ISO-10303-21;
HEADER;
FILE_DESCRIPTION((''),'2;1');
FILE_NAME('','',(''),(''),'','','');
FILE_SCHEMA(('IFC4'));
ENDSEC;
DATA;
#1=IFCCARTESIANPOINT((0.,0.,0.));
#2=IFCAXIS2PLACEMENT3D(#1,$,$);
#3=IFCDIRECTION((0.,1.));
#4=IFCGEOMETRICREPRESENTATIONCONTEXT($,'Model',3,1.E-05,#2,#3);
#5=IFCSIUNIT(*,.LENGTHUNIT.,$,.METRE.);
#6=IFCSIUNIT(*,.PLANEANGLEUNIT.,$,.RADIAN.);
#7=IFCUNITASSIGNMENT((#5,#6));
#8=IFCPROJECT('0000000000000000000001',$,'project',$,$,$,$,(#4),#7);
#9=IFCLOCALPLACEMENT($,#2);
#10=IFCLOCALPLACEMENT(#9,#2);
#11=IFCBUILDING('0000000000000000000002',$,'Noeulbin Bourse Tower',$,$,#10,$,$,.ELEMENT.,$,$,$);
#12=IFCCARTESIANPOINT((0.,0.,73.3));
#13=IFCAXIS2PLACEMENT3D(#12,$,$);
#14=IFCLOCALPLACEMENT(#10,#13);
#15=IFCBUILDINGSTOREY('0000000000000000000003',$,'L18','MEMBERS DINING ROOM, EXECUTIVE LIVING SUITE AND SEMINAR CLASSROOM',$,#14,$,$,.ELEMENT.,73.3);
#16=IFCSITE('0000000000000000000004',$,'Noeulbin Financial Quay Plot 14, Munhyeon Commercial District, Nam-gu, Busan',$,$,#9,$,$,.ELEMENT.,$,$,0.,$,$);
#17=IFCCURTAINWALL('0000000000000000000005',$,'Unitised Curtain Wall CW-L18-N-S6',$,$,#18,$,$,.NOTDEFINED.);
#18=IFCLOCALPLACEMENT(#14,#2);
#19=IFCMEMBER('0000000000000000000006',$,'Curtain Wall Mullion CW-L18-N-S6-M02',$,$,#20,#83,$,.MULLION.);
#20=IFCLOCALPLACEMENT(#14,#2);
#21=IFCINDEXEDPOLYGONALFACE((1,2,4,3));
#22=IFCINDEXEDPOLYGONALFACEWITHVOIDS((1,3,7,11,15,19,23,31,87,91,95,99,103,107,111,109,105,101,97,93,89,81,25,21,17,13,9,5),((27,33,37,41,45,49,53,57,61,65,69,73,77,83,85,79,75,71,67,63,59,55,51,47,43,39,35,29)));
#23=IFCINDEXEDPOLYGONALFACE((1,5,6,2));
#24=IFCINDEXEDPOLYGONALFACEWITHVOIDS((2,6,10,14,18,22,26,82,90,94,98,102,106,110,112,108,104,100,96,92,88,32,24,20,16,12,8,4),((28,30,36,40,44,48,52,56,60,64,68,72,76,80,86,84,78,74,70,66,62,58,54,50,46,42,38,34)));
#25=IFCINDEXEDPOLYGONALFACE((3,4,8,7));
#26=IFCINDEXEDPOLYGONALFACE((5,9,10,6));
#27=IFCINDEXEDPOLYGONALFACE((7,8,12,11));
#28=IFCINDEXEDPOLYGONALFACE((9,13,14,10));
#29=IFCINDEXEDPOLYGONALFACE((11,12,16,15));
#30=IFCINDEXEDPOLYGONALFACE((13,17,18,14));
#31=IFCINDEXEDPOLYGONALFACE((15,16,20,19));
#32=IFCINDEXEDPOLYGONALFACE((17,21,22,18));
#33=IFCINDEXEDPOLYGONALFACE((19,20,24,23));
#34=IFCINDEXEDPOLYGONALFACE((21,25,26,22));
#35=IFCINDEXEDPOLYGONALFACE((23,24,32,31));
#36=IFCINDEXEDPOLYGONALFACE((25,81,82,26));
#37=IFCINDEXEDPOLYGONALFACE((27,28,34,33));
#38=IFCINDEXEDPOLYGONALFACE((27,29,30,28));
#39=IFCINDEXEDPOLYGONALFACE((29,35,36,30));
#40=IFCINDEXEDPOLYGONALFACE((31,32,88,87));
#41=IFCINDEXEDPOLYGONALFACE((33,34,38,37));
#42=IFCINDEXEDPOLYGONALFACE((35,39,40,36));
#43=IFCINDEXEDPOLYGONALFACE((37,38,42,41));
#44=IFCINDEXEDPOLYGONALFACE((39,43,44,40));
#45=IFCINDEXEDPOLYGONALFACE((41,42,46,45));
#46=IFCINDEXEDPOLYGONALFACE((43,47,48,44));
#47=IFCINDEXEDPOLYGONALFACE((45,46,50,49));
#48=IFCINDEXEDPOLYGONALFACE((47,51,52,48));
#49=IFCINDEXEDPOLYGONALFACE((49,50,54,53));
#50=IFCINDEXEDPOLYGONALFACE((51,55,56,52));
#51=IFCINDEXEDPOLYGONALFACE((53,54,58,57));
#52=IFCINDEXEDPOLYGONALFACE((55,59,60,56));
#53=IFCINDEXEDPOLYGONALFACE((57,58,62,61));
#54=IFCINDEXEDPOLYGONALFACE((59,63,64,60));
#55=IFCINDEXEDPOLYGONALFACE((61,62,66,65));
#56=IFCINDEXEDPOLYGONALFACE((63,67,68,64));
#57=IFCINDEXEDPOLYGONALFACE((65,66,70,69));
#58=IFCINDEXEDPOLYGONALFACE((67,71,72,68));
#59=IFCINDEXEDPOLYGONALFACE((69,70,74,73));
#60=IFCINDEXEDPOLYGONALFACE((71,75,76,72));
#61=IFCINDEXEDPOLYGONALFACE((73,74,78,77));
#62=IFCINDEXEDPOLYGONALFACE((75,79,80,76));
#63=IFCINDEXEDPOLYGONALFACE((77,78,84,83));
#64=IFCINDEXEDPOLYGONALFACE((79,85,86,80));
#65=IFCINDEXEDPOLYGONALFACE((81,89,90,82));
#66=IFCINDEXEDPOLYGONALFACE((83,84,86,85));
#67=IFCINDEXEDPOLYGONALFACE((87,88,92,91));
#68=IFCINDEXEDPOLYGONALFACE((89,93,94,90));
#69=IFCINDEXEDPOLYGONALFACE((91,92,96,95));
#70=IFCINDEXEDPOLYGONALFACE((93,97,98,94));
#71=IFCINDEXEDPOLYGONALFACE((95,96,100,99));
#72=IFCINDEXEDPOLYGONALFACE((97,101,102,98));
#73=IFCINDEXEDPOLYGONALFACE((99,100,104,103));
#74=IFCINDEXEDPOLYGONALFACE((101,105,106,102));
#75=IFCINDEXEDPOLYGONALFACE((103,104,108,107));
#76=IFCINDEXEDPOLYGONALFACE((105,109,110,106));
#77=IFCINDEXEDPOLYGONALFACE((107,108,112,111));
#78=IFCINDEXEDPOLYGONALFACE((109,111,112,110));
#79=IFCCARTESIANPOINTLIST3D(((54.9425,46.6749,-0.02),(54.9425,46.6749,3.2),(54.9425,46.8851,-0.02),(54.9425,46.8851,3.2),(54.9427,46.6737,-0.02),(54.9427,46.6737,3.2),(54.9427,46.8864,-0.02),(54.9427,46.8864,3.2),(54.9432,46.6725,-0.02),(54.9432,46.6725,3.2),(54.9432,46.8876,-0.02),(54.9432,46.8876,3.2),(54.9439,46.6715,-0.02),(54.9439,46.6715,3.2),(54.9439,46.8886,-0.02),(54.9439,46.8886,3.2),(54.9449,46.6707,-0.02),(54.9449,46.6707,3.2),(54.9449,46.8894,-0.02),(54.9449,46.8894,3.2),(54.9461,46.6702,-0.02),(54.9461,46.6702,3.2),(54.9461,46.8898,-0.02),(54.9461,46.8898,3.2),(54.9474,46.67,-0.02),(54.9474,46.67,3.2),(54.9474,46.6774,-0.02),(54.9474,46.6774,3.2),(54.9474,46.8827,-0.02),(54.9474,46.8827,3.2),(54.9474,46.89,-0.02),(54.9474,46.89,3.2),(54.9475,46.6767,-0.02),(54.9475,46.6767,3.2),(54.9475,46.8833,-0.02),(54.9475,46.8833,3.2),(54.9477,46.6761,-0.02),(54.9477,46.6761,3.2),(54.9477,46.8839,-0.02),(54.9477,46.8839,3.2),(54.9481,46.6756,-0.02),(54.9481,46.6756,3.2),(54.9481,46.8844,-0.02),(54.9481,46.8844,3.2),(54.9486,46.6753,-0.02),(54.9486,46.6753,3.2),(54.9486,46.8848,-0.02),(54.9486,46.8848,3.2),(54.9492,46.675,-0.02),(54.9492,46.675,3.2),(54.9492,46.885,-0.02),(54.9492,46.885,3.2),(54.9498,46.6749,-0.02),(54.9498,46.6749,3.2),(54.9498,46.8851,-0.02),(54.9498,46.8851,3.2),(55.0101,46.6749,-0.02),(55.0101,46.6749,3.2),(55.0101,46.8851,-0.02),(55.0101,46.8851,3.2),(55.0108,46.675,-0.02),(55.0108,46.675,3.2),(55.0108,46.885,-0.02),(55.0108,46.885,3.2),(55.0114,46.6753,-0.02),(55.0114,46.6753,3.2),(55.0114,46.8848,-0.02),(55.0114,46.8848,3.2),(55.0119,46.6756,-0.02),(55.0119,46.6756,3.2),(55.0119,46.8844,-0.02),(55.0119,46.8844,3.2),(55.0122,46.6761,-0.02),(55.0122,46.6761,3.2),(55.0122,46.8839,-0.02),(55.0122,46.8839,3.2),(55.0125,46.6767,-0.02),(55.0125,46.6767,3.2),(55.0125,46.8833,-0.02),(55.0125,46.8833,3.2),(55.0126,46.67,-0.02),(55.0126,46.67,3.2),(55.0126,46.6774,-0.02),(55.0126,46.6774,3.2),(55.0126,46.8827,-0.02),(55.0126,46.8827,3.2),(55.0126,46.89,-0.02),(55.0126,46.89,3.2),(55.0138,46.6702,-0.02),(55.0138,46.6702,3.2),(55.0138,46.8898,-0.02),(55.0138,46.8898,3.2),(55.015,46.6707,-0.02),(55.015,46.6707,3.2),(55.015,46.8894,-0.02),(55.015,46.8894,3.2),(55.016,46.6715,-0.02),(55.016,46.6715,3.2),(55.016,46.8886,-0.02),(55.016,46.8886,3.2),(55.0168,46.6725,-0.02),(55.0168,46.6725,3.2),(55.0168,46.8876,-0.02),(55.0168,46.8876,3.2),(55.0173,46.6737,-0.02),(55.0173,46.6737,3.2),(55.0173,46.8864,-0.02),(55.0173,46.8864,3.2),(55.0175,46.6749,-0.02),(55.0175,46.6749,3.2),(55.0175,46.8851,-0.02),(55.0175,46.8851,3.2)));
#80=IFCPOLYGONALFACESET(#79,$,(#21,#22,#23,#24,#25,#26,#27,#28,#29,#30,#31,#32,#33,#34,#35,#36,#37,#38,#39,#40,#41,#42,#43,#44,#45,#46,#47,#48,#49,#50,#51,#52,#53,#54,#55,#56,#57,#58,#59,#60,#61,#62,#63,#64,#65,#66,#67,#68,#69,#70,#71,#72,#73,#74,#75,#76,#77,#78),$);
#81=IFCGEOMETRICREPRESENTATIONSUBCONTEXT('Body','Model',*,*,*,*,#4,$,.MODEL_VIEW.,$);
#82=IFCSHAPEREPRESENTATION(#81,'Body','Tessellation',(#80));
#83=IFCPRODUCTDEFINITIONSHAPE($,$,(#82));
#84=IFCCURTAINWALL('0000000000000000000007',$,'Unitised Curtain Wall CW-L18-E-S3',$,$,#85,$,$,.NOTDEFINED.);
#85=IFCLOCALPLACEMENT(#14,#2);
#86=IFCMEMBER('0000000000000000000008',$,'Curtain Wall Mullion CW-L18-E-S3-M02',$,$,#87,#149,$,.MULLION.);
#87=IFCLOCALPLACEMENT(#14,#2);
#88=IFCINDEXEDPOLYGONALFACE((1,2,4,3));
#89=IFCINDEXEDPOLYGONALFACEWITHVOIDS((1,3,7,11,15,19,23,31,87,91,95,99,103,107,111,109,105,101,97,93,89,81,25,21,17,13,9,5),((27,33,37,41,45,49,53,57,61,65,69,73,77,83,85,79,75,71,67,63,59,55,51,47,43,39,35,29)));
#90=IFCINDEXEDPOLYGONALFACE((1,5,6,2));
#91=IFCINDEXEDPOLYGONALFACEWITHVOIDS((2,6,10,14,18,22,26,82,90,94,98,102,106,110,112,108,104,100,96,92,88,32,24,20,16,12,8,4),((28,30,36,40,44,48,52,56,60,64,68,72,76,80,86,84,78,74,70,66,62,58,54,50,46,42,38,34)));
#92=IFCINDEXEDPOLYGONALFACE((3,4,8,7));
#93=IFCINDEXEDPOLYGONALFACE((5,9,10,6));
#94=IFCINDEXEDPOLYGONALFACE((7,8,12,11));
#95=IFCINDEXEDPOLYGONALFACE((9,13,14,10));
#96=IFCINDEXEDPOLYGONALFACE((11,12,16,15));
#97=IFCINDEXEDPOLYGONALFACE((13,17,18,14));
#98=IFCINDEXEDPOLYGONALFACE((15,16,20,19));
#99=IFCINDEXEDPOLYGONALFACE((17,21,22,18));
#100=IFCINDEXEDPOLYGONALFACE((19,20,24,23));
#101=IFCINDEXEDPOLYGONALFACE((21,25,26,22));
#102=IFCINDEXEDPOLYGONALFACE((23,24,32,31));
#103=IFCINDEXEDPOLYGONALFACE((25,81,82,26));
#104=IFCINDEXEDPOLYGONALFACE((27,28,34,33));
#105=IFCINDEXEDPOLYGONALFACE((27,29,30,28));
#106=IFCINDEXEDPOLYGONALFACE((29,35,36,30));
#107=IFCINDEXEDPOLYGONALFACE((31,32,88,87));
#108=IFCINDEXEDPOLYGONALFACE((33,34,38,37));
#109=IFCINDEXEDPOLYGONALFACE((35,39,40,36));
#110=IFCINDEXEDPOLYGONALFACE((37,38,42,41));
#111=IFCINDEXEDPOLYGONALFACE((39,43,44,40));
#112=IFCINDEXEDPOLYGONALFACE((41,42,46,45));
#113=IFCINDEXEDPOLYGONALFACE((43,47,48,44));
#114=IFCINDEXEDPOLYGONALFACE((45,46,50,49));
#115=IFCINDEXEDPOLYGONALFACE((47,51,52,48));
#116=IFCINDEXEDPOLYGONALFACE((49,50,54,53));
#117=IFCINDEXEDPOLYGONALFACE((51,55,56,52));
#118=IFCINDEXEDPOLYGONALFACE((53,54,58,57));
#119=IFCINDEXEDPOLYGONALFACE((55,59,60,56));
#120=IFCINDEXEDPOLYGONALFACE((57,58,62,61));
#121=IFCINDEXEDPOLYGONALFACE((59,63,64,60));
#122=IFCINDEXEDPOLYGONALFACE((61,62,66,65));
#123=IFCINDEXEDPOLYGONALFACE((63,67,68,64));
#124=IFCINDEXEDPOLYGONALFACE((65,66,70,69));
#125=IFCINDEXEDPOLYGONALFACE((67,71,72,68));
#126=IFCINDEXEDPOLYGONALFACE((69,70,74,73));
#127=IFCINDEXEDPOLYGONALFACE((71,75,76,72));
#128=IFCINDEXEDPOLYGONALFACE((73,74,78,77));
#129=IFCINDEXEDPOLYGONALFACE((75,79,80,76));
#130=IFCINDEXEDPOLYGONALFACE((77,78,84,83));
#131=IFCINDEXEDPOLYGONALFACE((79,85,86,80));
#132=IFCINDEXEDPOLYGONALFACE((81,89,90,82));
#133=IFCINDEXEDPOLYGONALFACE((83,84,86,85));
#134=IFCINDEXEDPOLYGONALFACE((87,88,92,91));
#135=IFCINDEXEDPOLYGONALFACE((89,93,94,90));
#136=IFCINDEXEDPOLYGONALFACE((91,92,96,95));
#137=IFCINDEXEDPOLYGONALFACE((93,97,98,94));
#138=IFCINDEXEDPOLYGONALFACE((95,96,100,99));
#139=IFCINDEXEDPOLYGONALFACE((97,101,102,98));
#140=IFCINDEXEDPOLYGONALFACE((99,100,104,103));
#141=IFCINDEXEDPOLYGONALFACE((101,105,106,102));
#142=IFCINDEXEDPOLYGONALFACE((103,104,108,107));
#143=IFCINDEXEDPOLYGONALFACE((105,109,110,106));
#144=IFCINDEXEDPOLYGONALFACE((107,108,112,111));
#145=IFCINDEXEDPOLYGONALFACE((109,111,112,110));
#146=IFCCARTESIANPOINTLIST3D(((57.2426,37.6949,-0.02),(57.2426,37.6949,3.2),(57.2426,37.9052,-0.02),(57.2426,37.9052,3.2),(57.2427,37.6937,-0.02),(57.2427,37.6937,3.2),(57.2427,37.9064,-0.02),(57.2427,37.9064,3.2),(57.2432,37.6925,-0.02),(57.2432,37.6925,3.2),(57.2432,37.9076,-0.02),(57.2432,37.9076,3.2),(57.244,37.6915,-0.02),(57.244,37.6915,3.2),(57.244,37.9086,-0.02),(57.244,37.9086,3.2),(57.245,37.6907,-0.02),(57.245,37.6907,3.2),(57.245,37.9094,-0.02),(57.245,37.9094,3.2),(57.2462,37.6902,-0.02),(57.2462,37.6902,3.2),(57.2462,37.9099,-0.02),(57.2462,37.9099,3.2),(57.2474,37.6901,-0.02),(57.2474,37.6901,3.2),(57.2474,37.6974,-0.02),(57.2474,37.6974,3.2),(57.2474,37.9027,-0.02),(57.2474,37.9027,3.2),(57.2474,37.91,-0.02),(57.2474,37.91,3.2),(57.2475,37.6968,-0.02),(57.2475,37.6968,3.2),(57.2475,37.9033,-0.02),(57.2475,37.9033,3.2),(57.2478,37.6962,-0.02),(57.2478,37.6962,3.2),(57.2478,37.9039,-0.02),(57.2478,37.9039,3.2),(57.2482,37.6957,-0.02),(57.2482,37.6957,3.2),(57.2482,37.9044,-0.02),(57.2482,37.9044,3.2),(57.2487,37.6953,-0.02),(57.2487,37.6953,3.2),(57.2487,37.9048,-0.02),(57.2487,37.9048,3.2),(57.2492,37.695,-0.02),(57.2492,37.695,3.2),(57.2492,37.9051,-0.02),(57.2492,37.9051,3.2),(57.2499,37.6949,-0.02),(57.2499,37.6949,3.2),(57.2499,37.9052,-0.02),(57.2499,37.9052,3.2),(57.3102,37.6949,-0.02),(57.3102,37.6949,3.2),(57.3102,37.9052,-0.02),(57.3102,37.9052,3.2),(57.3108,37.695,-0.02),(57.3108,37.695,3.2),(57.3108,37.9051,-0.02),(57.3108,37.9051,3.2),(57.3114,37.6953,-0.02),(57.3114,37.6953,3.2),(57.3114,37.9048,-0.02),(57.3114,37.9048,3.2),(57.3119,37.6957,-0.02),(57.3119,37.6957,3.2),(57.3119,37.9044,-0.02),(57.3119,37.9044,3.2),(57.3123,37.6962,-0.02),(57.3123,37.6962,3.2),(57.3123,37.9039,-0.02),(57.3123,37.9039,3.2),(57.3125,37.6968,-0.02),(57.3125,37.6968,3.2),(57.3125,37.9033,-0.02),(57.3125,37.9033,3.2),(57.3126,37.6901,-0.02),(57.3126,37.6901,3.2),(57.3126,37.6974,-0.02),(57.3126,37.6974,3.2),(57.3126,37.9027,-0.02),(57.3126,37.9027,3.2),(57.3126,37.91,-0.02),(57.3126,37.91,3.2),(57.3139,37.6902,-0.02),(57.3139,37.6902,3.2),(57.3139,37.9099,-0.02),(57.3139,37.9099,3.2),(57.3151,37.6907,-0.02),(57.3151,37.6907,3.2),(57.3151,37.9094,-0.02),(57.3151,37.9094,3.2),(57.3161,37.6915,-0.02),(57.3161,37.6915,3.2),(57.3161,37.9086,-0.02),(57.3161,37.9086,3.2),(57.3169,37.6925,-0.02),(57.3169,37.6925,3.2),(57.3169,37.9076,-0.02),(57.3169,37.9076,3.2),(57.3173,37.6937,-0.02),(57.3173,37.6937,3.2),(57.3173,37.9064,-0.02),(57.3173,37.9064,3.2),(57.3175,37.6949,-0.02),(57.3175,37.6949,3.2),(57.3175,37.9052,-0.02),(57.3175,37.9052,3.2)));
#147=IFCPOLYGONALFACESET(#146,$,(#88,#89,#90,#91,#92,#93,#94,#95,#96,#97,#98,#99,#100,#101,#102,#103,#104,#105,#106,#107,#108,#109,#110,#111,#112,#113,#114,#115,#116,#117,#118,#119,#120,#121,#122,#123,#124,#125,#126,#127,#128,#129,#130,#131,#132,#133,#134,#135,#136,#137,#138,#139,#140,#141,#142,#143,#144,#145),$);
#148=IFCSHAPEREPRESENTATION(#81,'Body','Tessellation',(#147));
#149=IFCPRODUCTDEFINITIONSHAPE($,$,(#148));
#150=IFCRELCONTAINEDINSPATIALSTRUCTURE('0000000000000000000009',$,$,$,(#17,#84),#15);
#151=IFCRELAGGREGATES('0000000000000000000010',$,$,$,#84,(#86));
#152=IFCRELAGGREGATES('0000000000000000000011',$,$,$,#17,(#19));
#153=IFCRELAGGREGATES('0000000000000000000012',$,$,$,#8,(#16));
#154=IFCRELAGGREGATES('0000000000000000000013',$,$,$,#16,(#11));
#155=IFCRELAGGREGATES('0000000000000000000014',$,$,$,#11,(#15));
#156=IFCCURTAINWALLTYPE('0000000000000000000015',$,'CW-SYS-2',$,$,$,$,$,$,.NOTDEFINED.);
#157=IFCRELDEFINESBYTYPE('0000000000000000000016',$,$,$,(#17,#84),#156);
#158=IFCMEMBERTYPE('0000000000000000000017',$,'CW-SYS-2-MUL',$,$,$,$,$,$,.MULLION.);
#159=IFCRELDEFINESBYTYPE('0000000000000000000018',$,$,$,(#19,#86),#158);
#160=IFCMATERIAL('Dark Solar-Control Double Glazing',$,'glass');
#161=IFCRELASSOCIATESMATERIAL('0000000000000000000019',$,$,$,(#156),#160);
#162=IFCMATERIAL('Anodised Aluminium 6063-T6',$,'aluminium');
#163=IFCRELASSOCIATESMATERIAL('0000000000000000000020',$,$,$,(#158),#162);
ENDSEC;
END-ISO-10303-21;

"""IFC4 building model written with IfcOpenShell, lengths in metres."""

from ifc_helpers import new_model, si_unit, direction, frame, origin, origin_2d, place, context, subcontext, project, spatial, hollow_rectangle, extrude, material, material_profile, profile_set, type_object, element, aggregate, save


model = new_model("IFC4")

# Units and contexts
model_context = context("Model", 3, precision=1e-05, world=origin(), true_north=direction((0.0, 1.0)))
body_context = subcontext(model_context, "Body", "Model", "MODEL_VIEW")
ifc_project = project(units=[si_unit("LENGTHUNIT", "METRE"), si_unit("PLANEANGLEUNIT", "RADIAN")], contexts=[model_context])

# Site, building, storey
site_placement = place(None, origin())
site = spatial("IfcSite", under=ifc_project, at=site_placement, Name="Noeulbin Financial Quay Plot 14, Munhyeon Commercial District, Nam-gu, Busan", CompositionType="ELEMENT", RefElevation=0.0)
building_placement = place(site_placement, origin())
building = spatial("IfcBuilding", under=site, at=building_placement, Name="Noeulbin Bourse Tower", CompositionType="ELEMENT")
storey_placement = place(building_placement, frame((0.0, 0.0, 73.3)))
storey = spatial("IfcBuildingStorey", under=building, at=storey_placement, Name="L18", Description="MEMBERS DINING ROOM, EXECUTIVE LIVING SUITE AND SEMINAR CLASSROOM", CompositionType="ELEMENT", Elevation=73.3)

# Shared definitions
ifc_material_1 = material(Name="Dark Solar-Control Double Glazing", Category="glass")
curtain_wall_type = type_object("IfcCurtainWallType", Name="CW-SYS-2", PredefinedType="NOTDEFINED", material=ifc_material_1)
ifc_material_2 = material(Name="Anodised Aluminium 6063-T6", Category="aluminium")
ifc_material_profile_1 = material_profile(ifc_material_2, hollow_rectangle(XDim=0.075, YDim=0.22, WallThickness=0.0049, InnerFilletRadius=0.0024, OuterFilletRadius=0.0049, at=origin_2d()), Name="ALU-MULL-75x220x5", Category="LoadBearing")
ifc_profile_set_1 = profile_set([ifc_material_profile_1], Name="Anodised Aluminium 6063-T6")
member_type_1 = type_object("IfcMemberType", Name="CW-SYS-2-MUL", PredefinedType="MULLION", material=ifc_profile_set_1)

# Curtain wall, member
curtain_wall_1_placement = place(storey_placement, origin())
curtain_wall_1 = element("IfcCurtainWall", 1, at=curtain_wall_1_placement, inside=storey, type_object=curtain_wall_type, Name="Unitised Curtain Wall CW-L18-N-S6", PredefinedType="NOTDEFINED")
member_1_placement = place(storey_placement, frame((54.98, 46.78, -0.02), z_axis=(0.0, 0.0, 1.0), x_axis=(1.0, 0.0, 0.0)))
member_1 = element("IfcMember", 2, at=member_1_placement, type_object=member_type_1, Name="Curtain Wall Mullion CW-L18-N-S6-M02", PredefinedType="MULLION", context=body_context, shape_type="SweptSolid", body=[
    extrude(hollow_rectangle(XDim=0.075, YDim=0.22, WallThickness=0.0049, InnerFilletRadius=0.0024, OuterFilletRadius=0.0049, at=origin_2d()), origin(), (0.0, 0.0, 1.0), 3.22),
])

# Curtain wall, member
curtain_wall_2_placement = place(storey_placement, origin())
curtain_wall_2 = element("IfcCurtainWall", 3, at=curtain_wall_2_placement, inside=storey, type_object=curtain_wall_type, Name="Unitised Curtain Wall CW-L18-E-S3", PredefinedType="NOTDEFINED")
member_2_placement = place(storey_placement, frame((57.28, 37.8, -0.02), z_axis=(0.0, 0.0, 1.0), x_axis=(1.0, 0.0, 0.0)))
member_2 = element("IfcMember", 4, at=member_2_placement, type_object=member_type_1, Name="Curtain Wall Mullion CW-L18-E-S3-M02", PredefinedType="MULLION", context=body_context, shape_type="SweptSolid", body=[
    extrude(hollow_rectangle(XDim=0.075, YDim=0.22, WallThickness=0.0049, InnerFilletRadius=0.0024, OuterFilletRadius=0.0049, at=origin_2d()), origin(), (0.0, 0.0, 1.0), 3.22),
])
aggregate(curtain_wall_2, [member_2])

aggregate(curtain_wall_1, [member_1])

save(model, "model.ifc")
